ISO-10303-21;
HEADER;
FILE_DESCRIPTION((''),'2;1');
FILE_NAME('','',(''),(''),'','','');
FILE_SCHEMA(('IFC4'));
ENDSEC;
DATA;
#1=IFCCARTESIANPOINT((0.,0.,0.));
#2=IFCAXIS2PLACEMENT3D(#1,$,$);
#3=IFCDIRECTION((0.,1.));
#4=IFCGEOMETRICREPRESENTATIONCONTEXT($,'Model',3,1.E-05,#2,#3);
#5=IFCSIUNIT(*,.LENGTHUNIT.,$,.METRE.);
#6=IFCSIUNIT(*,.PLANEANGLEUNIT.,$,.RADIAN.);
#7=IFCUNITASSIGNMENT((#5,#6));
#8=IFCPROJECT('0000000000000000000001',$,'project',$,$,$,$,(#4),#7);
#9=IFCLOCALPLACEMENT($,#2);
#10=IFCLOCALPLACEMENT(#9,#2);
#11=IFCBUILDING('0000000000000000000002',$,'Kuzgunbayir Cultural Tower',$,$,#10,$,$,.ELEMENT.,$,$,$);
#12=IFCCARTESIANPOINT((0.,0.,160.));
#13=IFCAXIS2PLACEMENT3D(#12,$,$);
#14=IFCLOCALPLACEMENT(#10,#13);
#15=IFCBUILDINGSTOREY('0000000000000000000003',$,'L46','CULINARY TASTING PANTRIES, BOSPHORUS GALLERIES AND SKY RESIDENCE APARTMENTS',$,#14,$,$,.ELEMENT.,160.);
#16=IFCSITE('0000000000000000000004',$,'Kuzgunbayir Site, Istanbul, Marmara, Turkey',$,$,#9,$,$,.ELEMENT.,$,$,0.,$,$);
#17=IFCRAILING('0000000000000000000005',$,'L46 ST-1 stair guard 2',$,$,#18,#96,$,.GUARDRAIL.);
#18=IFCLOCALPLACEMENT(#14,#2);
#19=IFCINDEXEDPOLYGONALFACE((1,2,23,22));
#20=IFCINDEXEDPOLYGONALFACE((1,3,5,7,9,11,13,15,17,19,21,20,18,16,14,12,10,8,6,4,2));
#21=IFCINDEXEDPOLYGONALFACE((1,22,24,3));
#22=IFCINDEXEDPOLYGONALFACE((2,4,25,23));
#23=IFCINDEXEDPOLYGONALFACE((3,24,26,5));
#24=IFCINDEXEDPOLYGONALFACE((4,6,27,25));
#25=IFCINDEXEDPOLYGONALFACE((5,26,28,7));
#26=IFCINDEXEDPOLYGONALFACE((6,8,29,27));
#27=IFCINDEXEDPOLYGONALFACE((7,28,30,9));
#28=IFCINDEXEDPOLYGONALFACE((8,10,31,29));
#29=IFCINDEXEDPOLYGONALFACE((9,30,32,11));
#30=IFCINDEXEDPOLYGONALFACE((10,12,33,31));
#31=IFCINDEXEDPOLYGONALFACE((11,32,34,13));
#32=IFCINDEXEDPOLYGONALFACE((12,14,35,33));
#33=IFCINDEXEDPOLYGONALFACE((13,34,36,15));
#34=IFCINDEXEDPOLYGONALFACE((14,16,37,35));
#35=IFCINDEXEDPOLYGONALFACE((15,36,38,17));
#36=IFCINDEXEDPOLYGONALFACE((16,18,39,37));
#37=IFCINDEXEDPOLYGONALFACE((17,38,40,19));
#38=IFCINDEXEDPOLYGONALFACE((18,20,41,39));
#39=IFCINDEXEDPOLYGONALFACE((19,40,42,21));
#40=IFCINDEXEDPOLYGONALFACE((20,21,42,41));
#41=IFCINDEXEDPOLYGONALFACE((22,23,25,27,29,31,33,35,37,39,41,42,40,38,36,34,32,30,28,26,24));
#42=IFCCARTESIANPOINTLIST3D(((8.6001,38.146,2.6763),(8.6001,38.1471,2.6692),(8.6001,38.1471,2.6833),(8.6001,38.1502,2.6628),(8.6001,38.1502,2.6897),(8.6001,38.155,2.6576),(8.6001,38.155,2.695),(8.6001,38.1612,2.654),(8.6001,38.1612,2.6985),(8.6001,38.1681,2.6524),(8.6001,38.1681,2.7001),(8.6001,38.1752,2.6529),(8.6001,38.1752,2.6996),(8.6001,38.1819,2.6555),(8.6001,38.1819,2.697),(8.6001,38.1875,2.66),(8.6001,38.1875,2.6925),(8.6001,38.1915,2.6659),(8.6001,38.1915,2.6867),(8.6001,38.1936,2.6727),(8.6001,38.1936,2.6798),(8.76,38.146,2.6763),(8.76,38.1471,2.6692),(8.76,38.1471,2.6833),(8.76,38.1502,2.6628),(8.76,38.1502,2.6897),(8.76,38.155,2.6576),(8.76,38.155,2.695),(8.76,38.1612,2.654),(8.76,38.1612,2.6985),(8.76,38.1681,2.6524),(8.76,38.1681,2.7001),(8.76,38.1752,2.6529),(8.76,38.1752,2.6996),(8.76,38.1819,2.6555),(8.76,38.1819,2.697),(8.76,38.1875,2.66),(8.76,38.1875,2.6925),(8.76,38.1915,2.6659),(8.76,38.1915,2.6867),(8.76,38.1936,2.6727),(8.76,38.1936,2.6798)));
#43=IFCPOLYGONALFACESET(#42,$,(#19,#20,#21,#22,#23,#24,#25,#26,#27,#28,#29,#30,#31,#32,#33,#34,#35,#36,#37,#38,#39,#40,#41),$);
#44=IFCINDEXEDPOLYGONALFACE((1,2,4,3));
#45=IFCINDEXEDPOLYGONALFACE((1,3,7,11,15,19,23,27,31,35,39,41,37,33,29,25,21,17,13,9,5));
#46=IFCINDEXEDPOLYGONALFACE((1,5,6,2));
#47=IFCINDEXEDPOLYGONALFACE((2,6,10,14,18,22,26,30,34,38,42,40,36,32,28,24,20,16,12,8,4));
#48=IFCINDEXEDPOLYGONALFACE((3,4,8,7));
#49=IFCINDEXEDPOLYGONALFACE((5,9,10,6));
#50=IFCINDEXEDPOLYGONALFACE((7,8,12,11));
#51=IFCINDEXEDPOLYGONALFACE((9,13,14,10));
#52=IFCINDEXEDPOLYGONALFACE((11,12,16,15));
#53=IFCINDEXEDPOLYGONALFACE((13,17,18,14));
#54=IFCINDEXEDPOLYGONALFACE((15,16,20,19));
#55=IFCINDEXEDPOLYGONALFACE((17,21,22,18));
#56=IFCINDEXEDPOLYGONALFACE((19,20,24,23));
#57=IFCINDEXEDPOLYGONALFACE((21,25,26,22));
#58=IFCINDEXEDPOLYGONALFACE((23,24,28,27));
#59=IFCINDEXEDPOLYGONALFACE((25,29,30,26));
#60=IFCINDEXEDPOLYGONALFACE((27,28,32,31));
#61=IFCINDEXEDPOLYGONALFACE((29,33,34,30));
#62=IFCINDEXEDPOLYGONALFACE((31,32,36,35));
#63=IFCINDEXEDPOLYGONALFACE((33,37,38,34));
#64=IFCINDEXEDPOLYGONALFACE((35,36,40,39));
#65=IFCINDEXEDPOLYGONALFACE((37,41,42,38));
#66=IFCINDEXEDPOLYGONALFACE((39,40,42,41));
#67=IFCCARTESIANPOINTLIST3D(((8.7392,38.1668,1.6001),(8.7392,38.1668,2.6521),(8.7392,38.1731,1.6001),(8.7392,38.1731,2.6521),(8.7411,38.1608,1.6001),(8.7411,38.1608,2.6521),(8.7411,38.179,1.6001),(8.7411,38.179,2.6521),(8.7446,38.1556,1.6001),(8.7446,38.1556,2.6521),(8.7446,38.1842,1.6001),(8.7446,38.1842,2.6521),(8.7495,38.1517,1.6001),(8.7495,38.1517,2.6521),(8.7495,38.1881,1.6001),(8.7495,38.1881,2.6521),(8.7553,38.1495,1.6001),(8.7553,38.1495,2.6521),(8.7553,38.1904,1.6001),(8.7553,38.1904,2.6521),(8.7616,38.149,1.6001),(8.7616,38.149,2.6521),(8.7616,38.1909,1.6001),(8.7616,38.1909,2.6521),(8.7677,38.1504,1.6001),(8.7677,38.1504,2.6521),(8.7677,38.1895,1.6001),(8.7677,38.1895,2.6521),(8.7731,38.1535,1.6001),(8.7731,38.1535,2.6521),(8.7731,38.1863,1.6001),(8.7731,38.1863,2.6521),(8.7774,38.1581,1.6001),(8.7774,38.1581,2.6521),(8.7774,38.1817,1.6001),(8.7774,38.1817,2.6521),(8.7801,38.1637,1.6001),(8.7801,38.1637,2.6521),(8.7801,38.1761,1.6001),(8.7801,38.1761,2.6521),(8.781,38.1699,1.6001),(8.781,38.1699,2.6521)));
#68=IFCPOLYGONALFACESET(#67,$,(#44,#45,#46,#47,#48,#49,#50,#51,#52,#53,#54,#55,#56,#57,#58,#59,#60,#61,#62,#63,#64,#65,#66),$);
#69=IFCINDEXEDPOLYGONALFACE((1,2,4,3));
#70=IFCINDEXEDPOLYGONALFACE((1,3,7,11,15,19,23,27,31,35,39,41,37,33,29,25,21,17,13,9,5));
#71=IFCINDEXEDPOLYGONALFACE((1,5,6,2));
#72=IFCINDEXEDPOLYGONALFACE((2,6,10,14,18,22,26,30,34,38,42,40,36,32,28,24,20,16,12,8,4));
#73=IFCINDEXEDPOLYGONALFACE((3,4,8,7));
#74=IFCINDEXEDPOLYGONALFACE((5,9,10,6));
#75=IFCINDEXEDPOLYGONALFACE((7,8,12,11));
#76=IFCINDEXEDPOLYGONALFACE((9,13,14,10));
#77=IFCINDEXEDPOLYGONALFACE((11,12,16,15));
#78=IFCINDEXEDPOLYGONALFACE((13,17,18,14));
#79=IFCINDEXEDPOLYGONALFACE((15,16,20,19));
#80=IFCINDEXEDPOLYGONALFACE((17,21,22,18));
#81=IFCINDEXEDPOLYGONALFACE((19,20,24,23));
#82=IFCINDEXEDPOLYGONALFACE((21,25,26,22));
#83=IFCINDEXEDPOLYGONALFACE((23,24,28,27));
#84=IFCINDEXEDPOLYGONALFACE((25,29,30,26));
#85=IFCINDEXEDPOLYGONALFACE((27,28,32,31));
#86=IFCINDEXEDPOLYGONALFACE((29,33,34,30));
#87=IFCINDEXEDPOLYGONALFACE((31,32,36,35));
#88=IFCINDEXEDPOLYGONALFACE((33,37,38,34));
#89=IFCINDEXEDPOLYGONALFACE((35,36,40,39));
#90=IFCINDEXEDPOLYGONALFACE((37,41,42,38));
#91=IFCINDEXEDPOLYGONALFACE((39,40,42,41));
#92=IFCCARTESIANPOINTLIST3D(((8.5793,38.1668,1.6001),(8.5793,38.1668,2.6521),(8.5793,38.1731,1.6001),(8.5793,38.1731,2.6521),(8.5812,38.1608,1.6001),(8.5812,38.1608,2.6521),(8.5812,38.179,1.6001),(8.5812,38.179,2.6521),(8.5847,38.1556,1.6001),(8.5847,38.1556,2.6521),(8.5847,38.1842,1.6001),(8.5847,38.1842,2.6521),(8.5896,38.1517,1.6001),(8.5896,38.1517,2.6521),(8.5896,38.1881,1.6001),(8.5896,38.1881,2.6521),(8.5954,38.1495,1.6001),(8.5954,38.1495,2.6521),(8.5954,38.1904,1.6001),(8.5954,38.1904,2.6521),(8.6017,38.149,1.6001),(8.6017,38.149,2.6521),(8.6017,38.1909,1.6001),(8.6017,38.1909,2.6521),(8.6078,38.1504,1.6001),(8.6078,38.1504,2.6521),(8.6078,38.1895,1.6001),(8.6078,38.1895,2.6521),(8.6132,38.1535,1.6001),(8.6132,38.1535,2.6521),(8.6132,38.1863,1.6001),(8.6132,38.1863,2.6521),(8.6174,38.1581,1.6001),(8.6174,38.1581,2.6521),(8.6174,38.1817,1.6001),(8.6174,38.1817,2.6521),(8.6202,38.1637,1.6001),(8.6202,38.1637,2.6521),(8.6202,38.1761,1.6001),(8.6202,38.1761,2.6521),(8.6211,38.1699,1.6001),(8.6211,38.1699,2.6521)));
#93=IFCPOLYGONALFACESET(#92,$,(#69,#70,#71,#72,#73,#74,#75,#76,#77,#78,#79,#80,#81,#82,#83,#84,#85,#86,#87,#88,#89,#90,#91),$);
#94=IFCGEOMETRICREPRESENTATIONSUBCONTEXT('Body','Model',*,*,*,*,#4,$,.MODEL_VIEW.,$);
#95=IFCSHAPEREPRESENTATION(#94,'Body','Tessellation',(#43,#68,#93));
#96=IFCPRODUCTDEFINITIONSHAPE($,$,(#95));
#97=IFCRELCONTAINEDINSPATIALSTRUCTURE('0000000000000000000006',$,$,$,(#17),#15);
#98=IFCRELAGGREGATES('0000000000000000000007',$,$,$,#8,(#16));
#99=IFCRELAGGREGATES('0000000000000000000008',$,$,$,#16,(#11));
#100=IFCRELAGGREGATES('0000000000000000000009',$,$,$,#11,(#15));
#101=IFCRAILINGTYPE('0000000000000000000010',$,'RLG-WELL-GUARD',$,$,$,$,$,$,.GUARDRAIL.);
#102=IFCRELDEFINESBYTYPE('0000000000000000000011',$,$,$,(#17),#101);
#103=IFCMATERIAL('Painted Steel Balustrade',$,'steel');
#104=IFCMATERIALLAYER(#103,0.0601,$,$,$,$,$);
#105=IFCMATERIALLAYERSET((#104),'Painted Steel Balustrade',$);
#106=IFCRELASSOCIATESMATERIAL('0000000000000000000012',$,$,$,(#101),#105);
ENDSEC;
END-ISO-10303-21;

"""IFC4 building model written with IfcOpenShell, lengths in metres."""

from ifc_helpers import new_model, si_unit, direction, frame, origin, origin_2d, place, context, subcontext, project, spatial, circle, extrude, material, layer, layer_set, type_object, element, save


model = new_model("IFC4")

# Units and contexts
model_context = context("Model", 3, precision=1e-05, world=origin(), true_north=direction((0.0, 1.0)))
body_context = subcontext(model_context, "Body", "Model", "MODEL_VIEW")
ifc_project = project(units=[si_unit("LENGTHUNIT", "METRE"), si_unit("PLANEANGLEUNIT", "RADIAN")], contexts=[model_context])

# Site, building, storey
site_placement = place(None, origin())
site = spatial("IfcSite", under=ifc_project, at=site_placement, Name="Kuzgunbayir Site, Istanbul, Marmara, Turkey", CompositionType="ELEMENT", RefElevation=0.0)
building_placement = place(site_placement, origin())
building = spatial("IfcBuilding", under=site, at=building_placement, Name="Kuzgunbayir Cultural Tower", CompositionType="ELEMENT")
storey_placement = place(building_placement, frame((0.0, 0.0, 160.0)))
storey = spatial("IfcBuildingStorey", under=building, at=storey_placement, Name="L46", Description="CULINARY TASTING PANTRIES, BOSPHORUS GALLERIES AND SKY RESIDENCE APARTMENTS", CompositionType="ELEMENT", Elevation=160.0)

# Railing
ifc_material_1 = material(Name="Painted Steel Balustrade", Category="steel")
ifc_layer_1 = layer(ifc_material_1, 0.0601)
ifc_layer_set_1 = layer_set([ifc_layer_1], Name="Painted Steel Balustrade")
railing_type_1 = type_object("IfcRailingType", Name="RLG-WELL-GUARD", PredefinedType="GUARDRAIL", material=ifc_layer_set_1)
railing_1_placement = place(storey_placement, frame((8.76, 38.1699, 1.6001)))
element("IfcRailing", 1, at=railing_1_placement, inside=storey, type_object=railing_type_1, Name="L46 ST-1 stair guard 2", PredefinedType="GUARDRAIL", context=body_context, shape_type="SweptSolid", body=[
    extrude(circle(Radius=0.0239, at=origin_2d()), frame((0.0, 0.0, 1.0762), z_axis=(-1.0, 0.0, 0.0), x_axis=(0.0, -1.0, 0.0)), (0.0, 0.0, 1.0), 0.1599),
    extrude(circle(Radius=0.021, at=origin_2d()), origin(), (0.0, 0.0, 1.0), 1.052),
    extrude(circle(Radius=0.021, at=origin_2d()), frame((-0.1599, 0.0, 0.0)), (0.0, 0.0, 1.0), 1.052),
])

save(model, "model.ifc")
